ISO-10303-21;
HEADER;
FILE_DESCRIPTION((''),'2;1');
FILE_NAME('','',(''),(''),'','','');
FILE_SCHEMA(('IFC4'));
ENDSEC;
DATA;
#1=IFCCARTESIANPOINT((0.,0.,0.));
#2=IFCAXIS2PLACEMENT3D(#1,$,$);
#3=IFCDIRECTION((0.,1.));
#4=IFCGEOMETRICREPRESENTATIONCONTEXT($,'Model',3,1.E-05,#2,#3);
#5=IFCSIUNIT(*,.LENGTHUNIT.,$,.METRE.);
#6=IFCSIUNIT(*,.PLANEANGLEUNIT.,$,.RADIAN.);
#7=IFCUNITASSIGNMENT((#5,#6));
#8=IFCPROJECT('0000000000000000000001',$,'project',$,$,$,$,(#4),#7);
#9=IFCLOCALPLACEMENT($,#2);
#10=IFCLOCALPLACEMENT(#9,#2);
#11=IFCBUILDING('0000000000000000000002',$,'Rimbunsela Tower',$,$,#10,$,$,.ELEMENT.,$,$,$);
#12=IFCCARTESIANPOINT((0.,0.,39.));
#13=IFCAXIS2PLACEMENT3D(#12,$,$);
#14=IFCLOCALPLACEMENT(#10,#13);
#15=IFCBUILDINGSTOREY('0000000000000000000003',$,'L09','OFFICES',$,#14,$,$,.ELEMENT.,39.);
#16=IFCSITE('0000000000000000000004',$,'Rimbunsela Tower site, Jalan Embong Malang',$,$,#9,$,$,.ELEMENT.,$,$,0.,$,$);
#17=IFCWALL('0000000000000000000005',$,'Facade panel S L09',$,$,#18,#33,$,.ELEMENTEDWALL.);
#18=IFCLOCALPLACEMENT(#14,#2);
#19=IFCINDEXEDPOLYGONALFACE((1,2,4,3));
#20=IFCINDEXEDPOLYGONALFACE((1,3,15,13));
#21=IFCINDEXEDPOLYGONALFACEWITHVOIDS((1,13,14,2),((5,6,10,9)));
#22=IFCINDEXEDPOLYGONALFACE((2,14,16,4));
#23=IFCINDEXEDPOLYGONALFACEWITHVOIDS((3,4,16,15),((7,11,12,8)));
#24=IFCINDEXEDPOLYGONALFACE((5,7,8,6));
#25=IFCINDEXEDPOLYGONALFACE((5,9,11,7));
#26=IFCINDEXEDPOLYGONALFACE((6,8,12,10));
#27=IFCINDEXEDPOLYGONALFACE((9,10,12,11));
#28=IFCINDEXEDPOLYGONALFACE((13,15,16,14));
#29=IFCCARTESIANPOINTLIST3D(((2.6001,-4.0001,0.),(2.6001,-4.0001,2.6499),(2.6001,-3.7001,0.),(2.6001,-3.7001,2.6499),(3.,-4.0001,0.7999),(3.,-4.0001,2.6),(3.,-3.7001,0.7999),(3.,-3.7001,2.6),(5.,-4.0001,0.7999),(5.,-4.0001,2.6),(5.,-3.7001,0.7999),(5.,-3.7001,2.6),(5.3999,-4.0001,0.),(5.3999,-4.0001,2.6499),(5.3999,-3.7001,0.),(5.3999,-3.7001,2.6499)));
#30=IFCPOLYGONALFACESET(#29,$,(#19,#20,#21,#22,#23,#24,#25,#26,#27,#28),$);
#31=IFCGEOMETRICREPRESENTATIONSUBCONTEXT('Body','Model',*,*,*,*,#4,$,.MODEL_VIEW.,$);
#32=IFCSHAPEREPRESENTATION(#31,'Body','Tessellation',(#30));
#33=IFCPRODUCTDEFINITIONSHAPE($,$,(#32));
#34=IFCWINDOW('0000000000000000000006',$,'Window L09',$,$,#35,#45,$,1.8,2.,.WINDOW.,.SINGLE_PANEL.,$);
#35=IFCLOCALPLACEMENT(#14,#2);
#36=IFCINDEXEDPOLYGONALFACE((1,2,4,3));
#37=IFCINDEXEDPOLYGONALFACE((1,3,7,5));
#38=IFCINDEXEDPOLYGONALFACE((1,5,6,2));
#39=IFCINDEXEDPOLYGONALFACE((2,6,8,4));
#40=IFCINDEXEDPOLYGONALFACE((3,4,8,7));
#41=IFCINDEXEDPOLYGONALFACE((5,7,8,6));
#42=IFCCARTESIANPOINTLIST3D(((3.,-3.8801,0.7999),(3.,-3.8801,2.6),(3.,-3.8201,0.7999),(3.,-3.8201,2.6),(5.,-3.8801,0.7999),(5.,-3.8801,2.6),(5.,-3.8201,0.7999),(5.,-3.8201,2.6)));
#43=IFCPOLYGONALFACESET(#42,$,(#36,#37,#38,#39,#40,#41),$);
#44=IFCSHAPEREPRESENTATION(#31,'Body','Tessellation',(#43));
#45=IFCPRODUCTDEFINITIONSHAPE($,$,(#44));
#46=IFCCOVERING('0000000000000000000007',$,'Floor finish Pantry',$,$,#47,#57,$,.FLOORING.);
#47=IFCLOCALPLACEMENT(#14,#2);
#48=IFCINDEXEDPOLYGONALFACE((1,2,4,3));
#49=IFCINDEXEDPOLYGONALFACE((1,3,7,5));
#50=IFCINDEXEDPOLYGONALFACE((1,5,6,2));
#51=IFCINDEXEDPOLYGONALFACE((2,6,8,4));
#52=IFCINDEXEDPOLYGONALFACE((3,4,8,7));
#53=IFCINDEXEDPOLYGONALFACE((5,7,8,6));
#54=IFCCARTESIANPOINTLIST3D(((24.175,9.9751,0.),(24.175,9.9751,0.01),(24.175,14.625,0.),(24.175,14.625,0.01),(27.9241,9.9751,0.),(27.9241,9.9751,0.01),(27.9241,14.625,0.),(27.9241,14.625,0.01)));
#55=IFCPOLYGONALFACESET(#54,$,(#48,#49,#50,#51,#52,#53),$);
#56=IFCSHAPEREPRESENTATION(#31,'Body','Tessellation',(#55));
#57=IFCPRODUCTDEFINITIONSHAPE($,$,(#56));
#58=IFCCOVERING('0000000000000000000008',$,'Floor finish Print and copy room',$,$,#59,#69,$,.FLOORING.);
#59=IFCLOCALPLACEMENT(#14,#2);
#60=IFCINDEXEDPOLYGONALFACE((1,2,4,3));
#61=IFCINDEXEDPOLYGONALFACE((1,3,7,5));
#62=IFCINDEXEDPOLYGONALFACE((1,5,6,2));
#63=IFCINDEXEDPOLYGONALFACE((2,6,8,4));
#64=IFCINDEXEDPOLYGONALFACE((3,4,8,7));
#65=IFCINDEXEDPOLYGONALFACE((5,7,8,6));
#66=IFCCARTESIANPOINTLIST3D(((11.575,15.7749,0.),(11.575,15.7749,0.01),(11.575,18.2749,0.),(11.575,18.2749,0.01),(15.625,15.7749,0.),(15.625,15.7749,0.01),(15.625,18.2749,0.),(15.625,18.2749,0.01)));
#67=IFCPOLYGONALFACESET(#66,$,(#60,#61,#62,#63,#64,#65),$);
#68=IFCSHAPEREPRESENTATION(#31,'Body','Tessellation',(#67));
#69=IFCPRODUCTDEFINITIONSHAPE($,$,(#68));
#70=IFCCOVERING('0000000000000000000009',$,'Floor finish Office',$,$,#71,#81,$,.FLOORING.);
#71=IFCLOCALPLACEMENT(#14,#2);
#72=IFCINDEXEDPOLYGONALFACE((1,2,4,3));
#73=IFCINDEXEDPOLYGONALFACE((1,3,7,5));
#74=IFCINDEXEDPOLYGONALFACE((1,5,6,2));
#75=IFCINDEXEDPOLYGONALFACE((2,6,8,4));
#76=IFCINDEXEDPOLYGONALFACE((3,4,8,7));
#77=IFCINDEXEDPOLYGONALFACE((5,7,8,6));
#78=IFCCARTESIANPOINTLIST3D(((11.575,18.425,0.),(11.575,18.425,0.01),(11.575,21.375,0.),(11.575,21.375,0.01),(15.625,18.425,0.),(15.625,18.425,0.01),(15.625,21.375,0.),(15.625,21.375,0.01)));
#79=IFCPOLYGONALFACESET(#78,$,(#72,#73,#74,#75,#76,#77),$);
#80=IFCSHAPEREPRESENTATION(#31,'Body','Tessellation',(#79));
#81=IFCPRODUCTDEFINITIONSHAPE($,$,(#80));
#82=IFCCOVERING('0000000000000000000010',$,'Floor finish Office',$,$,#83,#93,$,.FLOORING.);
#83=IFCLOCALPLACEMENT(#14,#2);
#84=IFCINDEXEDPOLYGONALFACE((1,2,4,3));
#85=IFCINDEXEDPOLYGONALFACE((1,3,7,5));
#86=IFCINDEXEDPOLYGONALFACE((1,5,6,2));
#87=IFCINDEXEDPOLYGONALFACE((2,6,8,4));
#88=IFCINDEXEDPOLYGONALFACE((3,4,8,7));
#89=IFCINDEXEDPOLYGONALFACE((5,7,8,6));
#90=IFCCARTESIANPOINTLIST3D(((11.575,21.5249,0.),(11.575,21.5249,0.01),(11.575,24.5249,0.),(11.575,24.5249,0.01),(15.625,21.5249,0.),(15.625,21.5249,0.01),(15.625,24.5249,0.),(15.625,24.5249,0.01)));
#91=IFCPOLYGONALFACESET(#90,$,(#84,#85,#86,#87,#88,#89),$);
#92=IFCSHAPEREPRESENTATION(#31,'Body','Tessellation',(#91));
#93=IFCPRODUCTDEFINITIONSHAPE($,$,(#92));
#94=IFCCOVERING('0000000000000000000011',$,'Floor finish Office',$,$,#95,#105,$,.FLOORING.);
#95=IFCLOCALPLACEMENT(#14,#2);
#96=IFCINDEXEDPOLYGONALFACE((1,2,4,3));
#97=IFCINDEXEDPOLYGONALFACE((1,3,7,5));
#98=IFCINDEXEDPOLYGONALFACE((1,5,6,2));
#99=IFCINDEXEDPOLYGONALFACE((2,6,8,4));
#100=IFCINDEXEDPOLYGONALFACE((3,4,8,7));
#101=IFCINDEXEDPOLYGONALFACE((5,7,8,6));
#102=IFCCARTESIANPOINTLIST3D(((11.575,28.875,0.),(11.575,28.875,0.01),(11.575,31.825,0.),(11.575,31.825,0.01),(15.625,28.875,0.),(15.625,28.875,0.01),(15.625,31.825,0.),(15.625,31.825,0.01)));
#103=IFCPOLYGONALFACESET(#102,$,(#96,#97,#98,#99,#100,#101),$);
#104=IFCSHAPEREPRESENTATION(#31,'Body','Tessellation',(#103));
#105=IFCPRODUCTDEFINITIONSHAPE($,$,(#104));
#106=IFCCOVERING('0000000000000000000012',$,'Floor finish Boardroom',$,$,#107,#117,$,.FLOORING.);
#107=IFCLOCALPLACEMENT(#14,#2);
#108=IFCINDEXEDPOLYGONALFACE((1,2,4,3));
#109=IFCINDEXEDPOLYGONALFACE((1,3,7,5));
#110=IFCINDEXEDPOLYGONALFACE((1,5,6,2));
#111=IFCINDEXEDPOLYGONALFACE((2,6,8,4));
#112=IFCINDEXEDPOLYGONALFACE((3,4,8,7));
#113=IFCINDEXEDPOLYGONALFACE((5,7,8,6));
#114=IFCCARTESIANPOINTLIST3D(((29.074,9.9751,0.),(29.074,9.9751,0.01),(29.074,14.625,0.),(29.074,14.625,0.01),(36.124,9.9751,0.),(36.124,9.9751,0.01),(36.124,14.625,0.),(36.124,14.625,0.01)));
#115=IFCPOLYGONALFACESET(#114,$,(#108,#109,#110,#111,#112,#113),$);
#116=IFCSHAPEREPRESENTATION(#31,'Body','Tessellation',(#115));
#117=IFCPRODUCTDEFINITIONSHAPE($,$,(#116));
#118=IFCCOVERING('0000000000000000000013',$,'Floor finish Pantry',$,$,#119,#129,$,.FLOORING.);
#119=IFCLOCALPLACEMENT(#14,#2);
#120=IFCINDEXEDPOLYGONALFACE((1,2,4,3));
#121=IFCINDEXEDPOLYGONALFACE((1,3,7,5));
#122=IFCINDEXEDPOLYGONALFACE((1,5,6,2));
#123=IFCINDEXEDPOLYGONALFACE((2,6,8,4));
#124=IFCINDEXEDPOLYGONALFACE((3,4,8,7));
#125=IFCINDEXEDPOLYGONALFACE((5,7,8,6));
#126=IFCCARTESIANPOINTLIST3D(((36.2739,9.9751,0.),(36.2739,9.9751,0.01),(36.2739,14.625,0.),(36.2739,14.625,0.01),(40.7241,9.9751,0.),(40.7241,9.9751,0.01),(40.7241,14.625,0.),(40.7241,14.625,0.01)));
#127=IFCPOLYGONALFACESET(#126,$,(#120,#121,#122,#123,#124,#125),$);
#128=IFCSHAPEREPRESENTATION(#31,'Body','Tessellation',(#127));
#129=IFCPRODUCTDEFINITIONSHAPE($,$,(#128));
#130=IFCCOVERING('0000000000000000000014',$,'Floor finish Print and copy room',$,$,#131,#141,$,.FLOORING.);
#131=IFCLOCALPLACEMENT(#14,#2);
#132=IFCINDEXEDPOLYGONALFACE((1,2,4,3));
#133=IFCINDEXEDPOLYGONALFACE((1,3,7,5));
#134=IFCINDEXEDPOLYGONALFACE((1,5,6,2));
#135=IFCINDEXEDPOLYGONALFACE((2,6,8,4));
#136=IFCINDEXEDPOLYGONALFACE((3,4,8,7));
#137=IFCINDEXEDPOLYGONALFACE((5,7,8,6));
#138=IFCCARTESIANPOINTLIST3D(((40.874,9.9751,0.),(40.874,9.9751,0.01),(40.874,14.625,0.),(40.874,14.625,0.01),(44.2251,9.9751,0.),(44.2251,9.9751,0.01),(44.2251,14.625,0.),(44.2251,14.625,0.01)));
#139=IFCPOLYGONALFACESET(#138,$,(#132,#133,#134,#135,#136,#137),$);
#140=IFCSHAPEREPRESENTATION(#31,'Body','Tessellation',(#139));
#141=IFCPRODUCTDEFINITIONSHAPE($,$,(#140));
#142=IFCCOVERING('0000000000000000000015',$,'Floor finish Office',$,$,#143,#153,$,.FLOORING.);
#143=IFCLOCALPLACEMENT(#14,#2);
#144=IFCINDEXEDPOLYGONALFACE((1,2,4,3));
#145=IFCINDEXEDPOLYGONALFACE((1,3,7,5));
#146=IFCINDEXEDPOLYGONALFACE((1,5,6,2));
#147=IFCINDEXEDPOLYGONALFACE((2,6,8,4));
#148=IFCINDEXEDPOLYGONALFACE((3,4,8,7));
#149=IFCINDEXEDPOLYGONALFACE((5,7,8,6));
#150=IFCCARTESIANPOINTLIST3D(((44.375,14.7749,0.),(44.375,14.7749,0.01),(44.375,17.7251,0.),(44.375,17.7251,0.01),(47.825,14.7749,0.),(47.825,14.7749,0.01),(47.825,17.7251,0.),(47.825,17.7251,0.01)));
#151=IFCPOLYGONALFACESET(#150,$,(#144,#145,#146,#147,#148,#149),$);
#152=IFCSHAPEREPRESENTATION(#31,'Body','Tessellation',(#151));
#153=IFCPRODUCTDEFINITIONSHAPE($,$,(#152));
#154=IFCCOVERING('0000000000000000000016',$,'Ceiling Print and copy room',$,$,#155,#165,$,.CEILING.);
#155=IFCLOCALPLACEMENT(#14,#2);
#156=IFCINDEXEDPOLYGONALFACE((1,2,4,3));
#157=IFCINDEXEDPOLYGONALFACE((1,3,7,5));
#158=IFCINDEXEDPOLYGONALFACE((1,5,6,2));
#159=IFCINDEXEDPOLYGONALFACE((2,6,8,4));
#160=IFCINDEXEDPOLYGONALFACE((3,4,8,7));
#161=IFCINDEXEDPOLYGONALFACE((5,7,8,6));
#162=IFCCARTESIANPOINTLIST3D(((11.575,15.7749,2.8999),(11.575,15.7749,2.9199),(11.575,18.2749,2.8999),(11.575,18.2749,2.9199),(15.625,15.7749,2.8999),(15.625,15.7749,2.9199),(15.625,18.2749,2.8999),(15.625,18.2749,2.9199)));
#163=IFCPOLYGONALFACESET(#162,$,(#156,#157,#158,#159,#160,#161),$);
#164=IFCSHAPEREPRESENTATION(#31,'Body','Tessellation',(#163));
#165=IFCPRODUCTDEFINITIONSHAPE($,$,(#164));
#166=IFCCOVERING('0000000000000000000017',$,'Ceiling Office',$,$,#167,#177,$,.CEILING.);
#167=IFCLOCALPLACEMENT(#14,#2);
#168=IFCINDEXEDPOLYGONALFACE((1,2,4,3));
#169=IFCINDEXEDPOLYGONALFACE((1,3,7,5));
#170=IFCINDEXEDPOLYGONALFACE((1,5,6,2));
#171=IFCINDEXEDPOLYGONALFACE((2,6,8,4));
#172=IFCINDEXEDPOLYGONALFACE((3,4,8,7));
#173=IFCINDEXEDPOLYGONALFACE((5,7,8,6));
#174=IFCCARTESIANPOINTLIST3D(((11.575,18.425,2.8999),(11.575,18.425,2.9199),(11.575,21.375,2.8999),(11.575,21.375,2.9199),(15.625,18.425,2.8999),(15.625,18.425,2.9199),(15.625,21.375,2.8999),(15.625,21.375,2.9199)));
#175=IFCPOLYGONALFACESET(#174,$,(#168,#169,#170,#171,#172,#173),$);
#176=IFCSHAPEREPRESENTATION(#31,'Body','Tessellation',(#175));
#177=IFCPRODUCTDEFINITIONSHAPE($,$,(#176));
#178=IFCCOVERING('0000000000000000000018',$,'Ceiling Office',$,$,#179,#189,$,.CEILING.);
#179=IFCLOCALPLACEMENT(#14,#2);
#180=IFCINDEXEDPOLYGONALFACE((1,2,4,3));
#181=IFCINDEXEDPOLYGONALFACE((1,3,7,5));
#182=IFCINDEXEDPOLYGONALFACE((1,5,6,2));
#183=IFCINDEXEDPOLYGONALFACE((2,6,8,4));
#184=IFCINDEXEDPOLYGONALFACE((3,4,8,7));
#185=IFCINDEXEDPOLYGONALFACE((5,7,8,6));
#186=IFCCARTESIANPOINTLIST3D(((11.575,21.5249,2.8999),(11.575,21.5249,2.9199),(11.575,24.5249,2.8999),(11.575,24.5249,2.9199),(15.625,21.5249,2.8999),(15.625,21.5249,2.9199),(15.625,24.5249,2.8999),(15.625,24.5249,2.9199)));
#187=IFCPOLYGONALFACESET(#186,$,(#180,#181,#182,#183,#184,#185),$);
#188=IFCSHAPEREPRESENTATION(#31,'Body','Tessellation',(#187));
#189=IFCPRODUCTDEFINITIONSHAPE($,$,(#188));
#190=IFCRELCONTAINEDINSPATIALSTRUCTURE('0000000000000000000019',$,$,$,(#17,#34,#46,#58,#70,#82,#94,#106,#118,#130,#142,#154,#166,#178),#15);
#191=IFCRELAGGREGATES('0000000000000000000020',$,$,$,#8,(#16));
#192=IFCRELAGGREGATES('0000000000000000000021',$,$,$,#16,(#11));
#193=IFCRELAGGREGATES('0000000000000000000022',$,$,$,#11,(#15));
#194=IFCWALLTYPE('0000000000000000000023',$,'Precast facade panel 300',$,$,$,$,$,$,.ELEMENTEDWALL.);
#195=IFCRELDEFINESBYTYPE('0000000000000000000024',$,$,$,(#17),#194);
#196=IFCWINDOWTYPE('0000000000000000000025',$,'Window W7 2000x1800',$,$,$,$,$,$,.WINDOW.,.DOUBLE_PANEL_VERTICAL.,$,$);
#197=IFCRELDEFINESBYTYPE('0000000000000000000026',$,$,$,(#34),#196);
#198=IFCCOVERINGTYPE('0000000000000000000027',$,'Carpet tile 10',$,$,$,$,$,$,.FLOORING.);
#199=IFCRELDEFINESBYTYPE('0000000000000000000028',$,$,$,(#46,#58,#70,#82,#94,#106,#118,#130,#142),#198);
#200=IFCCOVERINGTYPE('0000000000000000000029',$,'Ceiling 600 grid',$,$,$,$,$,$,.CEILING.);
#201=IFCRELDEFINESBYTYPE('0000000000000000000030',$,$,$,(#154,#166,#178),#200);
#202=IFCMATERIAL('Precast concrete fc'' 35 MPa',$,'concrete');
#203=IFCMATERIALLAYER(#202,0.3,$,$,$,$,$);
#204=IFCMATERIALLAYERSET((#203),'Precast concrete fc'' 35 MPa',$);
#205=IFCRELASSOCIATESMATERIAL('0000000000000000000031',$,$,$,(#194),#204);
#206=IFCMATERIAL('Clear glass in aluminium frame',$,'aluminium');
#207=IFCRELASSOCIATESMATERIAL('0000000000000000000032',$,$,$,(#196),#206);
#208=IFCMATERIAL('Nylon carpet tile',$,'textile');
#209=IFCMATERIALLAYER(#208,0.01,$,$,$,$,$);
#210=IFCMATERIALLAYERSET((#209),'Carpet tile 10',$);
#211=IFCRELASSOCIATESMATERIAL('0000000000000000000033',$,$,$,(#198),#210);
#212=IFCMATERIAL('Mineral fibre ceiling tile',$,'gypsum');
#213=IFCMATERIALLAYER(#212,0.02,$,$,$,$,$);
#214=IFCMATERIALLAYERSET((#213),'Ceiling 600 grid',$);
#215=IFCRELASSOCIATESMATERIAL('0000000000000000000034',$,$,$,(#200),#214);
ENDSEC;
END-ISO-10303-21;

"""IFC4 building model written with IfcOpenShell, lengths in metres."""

from ifc_helpers import new_model, si_unit, direction, frame, frame_2d, origin, place, context, subcontext, project, spatial, polyline, rectangle, outline, extrude, material, layer, layer_set, type_object, element, fill, save


model = new_model("IFC4")

# Units and contexts
model_context = context("Model", 3, precision=1e-05, world=origin(), true_north=direction((0.0, 1.0)))
body_context = subcontext(model_context, "Body", "Model", "MODEL_VIEW")
ifc_project = project(units=[si_unit("LENGTHUNIT", "METRE"), si_unit("PLANEANGLEUNIT", "RADIAN")], contexts=[model_context])

# Site, building, storey
site_placement = place(None, origin())
site = spatial("IfcSite", under=ifc_project, at=site_placement, Name="Rimbunsela Tower site, Jalan Embong Malang", CompositionType="ELEMENT", RefElevation=0.0)
building_placement = place(site_placement, origin())
building = spatial("IfcBuilding", under=site, at=building_placement, Name="Rimbunsela Tower", CompositionType="ELEMENT")
storey_placement = place(building_placement, frame((0.0, 0.0, 39.0)))
storey = spatial("IfcBuildingStorey", under=building, at=storey_placement, Name="L09", Description="OFFICES", CompositionType="ELEMENT", Elevation=39.0)

# Shared definitions
ifc_material_1 = material(Name="Precast concrete fc' 35 MPa", Category="concrete")
ifc_layer_1 = layer(ifc_material_1, 0.3)
ifc_layer_set_1 = layer_set([ifc_layer_1], Name="Precast concrete fc' 35 MPa")
wall_type = type_object("IfcWallType", Name="Precast facade panel 300", PredefinedType="ELEMENTEDWALL", material=ifc_layer_set_1)

# Wall, opening, window
wall_1_placement = place(storey_placement, frame((2.6001, -3.8501, 0.0), z_axis=(0.0, 0.0, 1.0), x_axis=(1.0, 0.0, 0.0)))
wall_1 = element("IfcWall", 1, at=wall_1_placement, inside=storey, type_object=wall_type, Name="Facade panel S L09", PredefinedType="ELEMENTEDWALL", context=body_context, shape_type="SweptSolid", body=[
    extrude(rectangle(XDim=2.7998, YDim=0.3, at=frame_2d((1.3999, 0.0))), origin(), (0.0, 0.0, 1.0), 2.6499),
])
opening_placement = place(wall_1_placement, frame((0.3999, 0.0, 0.8)))
opening = element("IfcOpeningElement", 2, at=opening_placement, cuts=wall_1, PredefinedType="OPENING", context=body_context, shape_type="SweptSolid", body=[
    extrude(rectangle(XDim=2.0, YDim=1.8, at=frame_2d((1.0, 0.8999))), frame((0.0, 0.1599, 0.0), z_axis=(0.0, -1.0, 0.0), x_axis=(1.0, 0.0, 0.0)), (0.0, 0.0, 1.0), 0.3201),
])
ifc_material_2 = material(Name="Clear glass in aluminium frame", Category="aluminium")
window_type = type_object("IfcWindowType", Name="Window W7 2000x1800", PartitioningType="DOUBLE_PANEL_VERTICAL", PredefinedType="WINDOW", material=ifc_material_2)
window_placement = place(opening_placement, origin())
window = element("IfcWindow", 3, at=window_placement, inside=storey, type_object=window_type, Name="Window L09", OverallHeight=1.8, OverallWidth=2.0, PartitioningType="SINGLE_PANEL", PredefinedType="WINDOW", context=body_context, shape_type="SweptSolid", body=[
    extrude(rectangle(XDim=2.0, YDim=1.8, at=frame_2d((1.0, 0.8999))), frame((0.0, 0.03, 0.0), z_axis=(0.0, -1.0, 0.0), x_axis=(1.0, 0.0, 0.0)), (0.0, 0.0, 1.0), 0.0601),
])
fill(opening, window)

# Coverings
ifc_material_3 = material(Name="Nylon carpet tile", Category="textile")
ifc_layer_2 = layer(ifc_material_3, 0.01)
ifc_layer_set_2 = layer_set([ifc_layer_2], Name="Carpet tile 10")
covering_type_1 = type_object("IfcCoveringType", Name="Carpet tile 10", PredefinedType="FLOORING", material=ifc_layer_set_2)
covering_1_placement = place(storey_placement, origin())
element("IfcCovering", 4, at=covering_1_placement, inside=storey, type_object=covering_type_1, Name="Floor finish Pantry", PredefinedType="FLOORING", context=body_context, shape_type="SweptSolid", body=[
    extrude(outline(polyline([(27.9241, 9.9751), (27.9241, 14.625), (24.175, 14.625), (24.175, 9.9751), (27.9241, 9.9751)])), origin(), (0.0, 0.0, 1.0), 0.01),
])
covering_2_placement = place(storey_placement, origin())
element("IfcCovering", 5, at=covering_2_placement, inside=storey, type_object=covering_type_1, Name="Floor finish Print and copy room", PredefinedType="FLOORING", context=body_context, shape_type="SweptSolid", body=[
    extrude(outline(polyline([(15.625, 15.7749), (15.625, 18.2749), (11.575, 18.2749), (11.575, 15.7749), (15.625, 15.7749)])), origin(), (0.0, 0.0, 1.0), 0.01),
])
covering_3_placement = place(storey_placement, origin())
element("IfcCovering", 6, at=covering_3_placement, inside=storey, type_object=covering_type_1, Name="Floor finish Office", PredefinedType="FLOORING", context=body_context, shape_type="SweptSolid", body=[
    extrude(outline(polyline([(15.625, 18.425), (15.625, 21.375), (11.575, 21.375), (11.575, 18.425), (15.625, 18.425)])), origin(), (0.0, 0.0, 1.0), 0.01),
])
covering_4_placement = place(storey_placement, origin())
element("IfcCovering", 7, at=covering_4_placement, inside=storey, type_object=covering_type_1, Name="Floor finish Office", PredefinedType="FLOORING", context=body_context, shape_type="SweptSolid", body=[
    extrude(outline(polyline([(15.625, 21.5249), (15.625, 24.5249), (11.575, 24.5249), (11.575, 21.5249), (15.625, 21.5249)])), origin(), (0.0, 0.0, 1.0), 0.01),
])
covering_5_placement = place(storey_placement, origin())
element("IfcCovering", 8, at=covering_5_placement, inside=storey, type_object=covering_type_1, Name="Floor finish Office", PredefinedType="FLOORING", context=body_context, shape_type="SweptSolid", body=[
    extrude(outline(polyline([(15.625, 28.875), (15.625, 31.825), (11.575, 31.825), (11.575, 28.875), (15.625, 28.875)])), origin(), (0.0, 0.0, 1.0), 0.01),
])
covering_6_placement = place(storey_placement, origin())
element("IfcCovering", 9, at=covering_6_placement, inside=storey, type_object=covering_type_1, Name="Floor finish Boardroom", PredefinedType="FLOORING", context=body_context, shape_type="SweptSolid", body=[
    extrude(outline(polyline([(36.124, 9.9751), (36.124, 14.625), (29.074, 14.625), (29.074, 9.9751), (36.124, 9.9751)])), origin(), (0.0, 0.0, 1.0), 0.01),
])
covering_7_placement = place(storey_placement, origin())
element("IfcCovering", 10, at=covering_7_placement, inside=storey, type_object=covering_type_1, Name="Floor finish Pantry", PredefinedType="FLOORING", context=body_context, shape_type="SweptSolid", body=[
    extrude(outline(polyline([(40.7241, 9.9751), (40.7241, 14.625), (36.2739, 14.625), (36.2739, 9.9751), (40.7241, 9.9751)])), origin(), (0.0, 0.0, 1.0), 0.01),
])
covering_8_placement = place(storey_placement, origin())
element("IfcCovering", 11, at=covering_8_placement, inside=storey, type_object=covering_type_1, Name="Floor finish Print and copy room", PredefinedType="FLOORING", context=body_context, shape_type="SweptSolid", body=[
    extrude(outline(polyline([(44.2251, 9.9751), (44.2251, 14.625), (40.874, 14.625), (40.874, 9.9751), (44.2251, 9.9751)])), origin(), (0.0, 0.0, 1.0), 0.01),
])
covering_9_placement = place(storey_placement, origin())
element("IfcCovering", 12, at=covering_9_placement, inside=storey, type_object=covering_type_1, Name="Floor finish Office", PredefinedType="FLOORING", context=body_context, shape_type="SweptSolid", body=[
    extrude(outline(polyline([(47.825, 14.7749), (47.825, 17.7251), (44.375, 17.7251), (44.375, 14.7749), (47.825, 14.7749)])), origin(), (0.0, 0.0, 1.0), 0.01),
])
ifc_material_4 = material(Name="Mineral fibre ceiling tile", Category="gypsum")
ifc_layer_3 = layer(ifc_material_4, 0.02)
ifc_layer_set_3 = layer_set([ifc_layer_3], Name="Ceiling 600 grid")
covering_type_2 = type_object("IfcCoveringType", Name="Ceiling 600 grid", PredefinedType="CEILING", material=ifc_layer_set_3)
covering_10_placement = place(storey_placement, frame((0.0, 0.0, 2.8999)))
element("IfcCovering", 13, at=covering_10_placement, inside=storey, type_object=covering_type_2, Name="Ceiling Print and copy room", PredefinedType="CEILING", context=body_context, shape_type="SweptSolid", body=[
    extrude(outline(polyline([(15.625, 15.7749), (15.625, 18.2749), (11.575, 18.2749), (11.575, 15.7749), (15.625, 15.7749)])), origin(), (0.0, 0.0, 1.0), 0.02),
])
covering_11_placement = place(storey_placement, frame((0.0, 0.0, 2.8999)))
element("IfcCovering", 14, at=covering_11_placement, inside=storey, type_object=covering_type_2, Name="Ceiling Office", PredefinedType="CEILING", context=body_context, shape_type="SweptSolid", body=[
    extrude(outline(polyline([(15.625, 18.425), (15.625, 21.375), (11.575, 21.375), (11.575, 18.425), (15.625, 18.425)])), origin(), (0.0, 0.0, 1.0), 0.02),
])
covering_12_placement = place(storey_placement, frame((0.0, 0.0, 2.8999)))
element("IfcCovering", 15, at=covering_12_placement, inside=storey, type_object=covering_type_2, Name="Ceiling Office", PredefinedType="CEILING", context=body_context, shape_type="SweptSolid", body=[
    extrude(outline(polyline([(15.625, 21.5249), (15.625, 24.5249), (11.575, 24.5249), (11.575, 21.5249), (15.625, 21.5249)])), origin(), (0.0, 0.0, 1.0), 0.02),
])

save(model, "model.ifc")
